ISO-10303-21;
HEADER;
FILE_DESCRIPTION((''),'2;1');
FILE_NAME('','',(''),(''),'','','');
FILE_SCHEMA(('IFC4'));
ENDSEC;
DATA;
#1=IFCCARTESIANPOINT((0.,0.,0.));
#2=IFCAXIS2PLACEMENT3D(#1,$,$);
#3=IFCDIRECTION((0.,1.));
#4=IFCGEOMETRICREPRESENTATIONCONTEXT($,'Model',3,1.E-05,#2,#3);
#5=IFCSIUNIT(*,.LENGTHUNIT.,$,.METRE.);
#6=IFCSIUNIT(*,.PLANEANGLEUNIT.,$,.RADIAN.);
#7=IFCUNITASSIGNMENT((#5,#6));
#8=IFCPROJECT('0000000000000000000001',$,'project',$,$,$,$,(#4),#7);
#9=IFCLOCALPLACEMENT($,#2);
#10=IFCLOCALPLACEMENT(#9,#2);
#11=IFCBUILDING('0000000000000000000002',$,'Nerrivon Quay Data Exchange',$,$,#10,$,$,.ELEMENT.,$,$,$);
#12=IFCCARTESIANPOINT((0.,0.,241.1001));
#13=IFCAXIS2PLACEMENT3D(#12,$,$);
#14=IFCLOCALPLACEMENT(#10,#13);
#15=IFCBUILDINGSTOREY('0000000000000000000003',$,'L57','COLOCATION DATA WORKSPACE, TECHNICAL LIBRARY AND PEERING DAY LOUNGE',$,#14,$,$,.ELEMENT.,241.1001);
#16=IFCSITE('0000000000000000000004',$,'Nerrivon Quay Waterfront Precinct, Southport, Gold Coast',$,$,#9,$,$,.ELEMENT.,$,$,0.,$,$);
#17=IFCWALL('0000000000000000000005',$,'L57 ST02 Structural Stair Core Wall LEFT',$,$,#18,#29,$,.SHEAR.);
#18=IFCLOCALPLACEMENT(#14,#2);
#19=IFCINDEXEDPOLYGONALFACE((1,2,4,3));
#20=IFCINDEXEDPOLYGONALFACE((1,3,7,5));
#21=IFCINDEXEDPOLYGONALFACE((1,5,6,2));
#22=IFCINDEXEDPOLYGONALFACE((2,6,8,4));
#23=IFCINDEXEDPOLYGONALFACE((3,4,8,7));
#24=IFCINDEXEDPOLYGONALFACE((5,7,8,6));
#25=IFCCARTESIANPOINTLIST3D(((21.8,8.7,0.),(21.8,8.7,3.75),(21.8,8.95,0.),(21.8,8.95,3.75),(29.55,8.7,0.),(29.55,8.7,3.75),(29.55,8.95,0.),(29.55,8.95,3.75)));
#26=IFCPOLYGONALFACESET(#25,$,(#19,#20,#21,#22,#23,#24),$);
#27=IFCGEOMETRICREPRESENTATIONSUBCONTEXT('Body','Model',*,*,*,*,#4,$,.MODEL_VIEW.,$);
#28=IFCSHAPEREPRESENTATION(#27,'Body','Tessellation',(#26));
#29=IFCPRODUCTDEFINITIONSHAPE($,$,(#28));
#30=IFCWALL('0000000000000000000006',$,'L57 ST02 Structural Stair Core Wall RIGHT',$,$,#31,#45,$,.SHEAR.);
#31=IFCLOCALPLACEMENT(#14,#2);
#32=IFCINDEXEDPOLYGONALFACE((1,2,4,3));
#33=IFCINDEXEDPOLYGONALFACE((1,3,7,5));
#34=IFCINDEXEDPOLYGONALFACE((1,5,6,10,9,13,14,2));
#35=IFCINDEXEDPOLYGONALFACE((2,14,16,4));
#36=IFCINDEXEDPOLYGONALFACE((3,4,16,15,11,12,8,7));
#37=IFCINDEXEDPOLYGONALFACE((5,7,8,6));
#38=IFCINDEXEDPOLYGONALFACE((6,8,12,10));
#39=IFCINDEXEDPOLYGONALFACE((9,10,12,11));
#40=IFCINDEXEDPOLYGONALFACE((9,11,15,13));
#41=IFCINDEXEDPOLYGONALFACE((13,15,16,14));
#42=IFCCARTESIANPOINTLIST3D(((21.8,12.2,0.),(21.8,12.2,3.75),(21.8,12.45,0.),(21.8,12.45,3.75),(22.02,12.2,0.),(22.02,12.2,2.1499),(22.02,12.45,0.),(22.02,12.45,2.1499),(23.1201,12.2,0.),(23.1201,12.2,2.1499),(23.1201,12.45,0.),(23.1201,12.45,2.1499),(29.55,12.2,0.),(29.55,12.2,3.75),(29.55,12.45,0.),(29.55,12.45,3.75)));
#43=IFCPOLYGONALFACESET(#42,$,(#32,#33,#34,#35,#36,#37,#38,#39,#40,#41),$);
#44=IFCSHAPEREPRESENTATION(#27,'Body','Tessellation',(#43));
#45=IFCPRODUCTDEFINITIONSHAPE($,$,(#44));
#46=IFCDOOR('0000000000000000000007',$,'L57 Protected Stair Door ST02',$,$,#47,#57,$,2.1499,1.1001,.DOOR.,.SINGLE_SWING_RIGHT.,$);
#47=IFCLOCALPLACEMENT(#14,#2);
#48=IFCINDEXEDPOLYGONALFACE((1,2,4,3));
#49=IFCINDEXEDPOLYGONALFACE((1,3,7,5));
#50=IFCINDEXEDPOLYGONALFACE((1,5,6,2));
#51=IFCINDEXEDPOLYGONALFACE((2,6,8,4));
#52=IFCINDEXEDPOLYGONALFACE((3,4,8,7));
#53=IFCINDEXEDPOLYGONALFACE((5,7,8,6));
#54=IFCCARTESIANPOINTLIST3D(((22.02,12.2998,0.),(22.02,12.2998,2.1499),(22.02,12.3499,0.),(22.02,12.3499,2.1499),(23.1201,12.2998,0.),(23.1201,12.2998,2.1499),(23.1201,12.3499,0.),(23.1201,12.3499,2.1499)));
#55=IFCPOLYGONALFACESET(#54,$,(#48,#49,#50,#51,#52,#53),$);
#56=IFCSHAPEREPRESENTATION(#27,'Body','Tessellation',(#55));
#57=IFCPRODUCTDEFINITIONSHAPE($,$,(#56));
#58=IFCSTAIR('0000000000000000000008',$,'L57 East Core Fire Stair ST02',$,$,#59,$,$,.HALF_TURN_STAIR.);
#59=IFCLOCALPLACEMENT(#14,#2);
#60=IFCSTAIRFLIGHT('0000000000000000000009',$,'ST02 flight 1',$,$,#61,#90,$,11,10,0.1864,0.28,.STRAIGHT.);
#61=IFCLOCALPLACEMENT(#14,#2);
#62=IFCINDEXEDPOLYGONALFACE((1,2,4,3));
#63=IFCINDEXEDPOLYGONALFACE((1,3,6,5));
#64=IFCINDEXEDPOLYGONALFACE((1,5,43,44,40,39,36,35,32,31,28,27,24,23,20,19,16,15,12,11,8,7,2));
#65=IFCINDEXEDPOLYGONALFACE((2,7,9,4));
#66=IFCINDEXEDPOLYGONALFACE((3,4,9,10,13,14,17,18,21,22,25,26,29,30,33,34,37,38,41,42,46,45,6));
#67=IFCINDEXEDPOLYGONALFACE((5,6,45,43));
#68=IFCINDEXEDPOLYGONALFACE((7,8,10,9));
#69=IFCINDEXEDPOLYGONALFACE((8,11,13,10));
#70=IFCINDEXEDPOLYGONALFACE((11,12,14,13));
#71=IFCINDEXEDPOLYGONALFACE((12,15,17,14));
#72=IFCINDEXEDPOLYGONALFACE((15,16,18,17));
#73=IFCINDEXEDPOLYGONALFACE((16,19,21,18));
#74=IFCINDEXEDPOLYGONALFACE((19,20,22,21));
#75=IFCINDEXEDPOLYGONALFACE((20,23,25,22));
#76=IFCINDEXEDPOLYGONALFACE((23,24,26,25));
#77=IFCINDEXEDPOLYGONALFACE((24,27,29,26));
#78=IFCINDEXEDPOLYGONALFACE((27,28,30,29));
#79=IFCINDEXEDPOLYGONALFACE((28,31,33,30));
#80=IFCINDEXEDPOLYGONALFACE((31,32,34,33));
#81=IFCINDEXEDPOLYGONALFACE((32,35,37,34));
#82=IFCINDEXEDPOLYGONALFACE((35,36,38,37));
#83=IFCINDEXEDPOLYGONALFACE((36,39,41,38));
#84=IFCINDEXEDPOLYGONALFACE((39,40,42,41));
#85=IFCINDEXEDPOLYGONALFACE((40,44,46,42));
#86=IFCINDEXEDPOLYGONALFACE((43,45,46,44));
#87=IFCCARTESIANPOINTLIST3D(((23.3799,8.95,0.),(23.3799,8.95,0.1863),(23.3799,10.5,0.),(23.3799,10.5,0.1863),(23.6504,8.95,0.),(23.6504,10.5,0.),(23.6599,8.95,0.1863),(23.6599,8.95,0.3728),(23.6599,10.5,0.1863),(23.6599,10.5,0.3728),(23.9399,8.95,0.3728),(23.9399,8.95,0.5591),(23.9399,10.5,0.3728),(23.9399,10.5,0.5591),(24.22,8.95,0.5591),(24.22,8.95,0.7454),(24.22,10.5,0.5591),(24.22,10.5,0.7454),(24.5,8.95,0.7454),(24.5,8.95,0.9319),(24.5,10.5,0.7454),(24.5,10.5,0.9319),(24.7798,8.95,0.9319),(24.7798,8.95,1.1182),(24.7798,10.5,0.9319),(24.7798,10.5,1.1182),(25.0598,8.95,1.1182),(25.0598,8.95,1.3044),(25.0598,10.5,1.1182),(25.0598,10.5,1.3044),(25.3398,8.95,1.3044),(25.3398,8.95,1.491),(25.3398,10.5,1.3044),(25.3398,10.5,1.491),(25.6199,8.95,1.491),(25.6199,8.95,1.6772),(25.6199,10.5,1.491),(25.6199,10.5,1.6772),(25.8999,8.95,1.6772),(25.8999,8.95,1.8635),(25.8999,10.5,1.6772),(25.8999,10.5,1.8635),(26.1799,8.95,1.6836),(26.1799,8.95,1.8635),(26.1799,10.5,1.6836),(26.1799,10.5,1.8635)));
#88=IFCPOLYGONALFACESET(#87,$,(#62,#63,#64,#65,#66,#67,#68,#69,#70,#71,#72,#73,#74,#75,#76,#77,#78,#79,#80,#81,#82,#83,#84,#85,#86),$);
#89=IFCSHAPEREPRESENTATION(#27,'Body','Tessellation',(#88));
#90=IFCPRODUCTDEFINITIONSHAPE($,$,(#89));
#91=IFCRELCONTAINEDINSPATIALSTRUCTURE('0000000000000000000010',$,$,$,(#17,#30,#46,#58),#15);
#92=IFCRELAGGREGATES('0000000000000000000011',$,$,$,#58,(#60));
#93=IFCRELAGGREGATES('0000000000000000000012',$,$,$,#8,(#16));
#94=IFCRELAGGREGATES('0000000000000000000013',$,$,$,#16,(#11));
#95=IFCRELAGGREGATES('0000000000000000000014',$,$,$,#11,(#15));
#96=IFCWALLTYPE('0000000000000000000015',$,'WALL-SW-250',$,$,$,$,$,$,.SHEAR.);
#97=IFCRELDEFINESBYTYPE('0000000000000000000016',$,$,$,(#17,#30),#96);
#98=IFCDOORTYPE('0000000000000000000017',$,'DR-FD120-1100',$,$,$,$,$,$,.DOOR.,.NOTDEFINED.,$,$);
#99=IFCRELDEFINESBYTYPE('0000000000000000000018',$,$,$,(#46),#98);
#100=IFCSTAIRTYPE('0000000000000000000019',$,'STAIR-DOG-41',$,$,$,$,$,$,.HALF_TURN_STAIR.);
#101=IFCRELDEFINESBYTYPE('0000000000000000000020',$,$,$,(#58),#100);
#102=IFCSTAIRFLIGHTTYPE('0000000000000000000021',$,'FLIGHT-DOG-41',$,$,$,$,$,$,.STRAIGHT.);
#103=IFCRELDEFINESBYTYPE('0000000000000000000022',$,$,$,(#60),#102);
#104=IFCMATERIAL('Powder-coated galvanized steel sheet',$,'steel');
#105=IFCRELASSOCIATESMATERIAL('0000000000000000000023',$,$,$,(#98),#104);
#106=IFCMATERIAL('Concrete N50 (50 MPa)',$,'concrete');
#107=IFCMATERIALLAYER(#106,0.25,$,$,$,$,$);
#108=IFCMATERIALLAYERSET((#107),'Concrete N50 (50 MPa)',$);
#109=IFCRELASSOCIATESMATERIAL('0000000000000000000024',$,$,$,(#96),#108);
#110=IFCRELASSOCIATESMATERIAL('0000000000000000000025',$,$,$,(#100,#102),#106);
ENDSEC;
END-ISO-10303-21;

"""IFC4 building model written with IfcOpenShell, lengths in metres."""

from ifc_helpers import new_model, si_unit, direction, frame, frame_2d, origin, place, context, subcontext, project, spatial, polyline, rectangle, outline, extrude, material, layer, layer_set, type_object, element, fill, aggregate, save


model = new_model("IFC4")

# Units and contexts
model_context = context("Model", 3, precision=1e-05, world=origin(), true_north=direction((0.0, 1.0)))
body_context = subcontext(model_context, "Body", "Model", "MODEL_VIEW")
ifc_project = project(units=[si_unit("LENGTHUNIT", "METRE"), si_unit("PLANEANGLEUNIT", "RADIAN")], contexts=[model_context])

# Site, building, storey
site_placement = place(None, origin())
site = spatial("IfcSite", under=ifc_project, at=site_placement, Name="Nerrivon Quay Waterfront Precinct, Southport, Gold Coast", CompositionType="ELEMENT", RefElevation=0.0)
building_placement = place(site_placement, origin())
building = spatial("IfcBuilding", under=site, at=building_placement, Name="Nerrivon Quay Data Exchange", CompositionType="ELEMENT")
storey_placement = place(building_placement, frame((0.0, 0.0, 241.1001)))
storey = spatial("IfcBuildingStorey", under=building, at=storey_placement, Name="L57", Description="COLOCATION DATA WORKSPACE, TECHNICAL LIBRARY AND PEERING DAY LOUNGE", CompositionType="ELEMENT", Elevation=241.1001)

# Shared definitions
ifc_material_1 = material(Name="Concrete N50 (50 MPa)", Category="concrete")

# Shared definitions
ifc_material_2 = material(Name="Powder-coated galvanized steel sheet", Category="steel")
door_type_1 = type_object("IfcDoorType", Name="DR-FD120-1100", OperationType="NOTDEFINED", PredefinedType="DOOR", material=ifc_material_2)

# Wall
ifc_layer_1 = layer(ifc_material_1, 0.25)
ifc_layer_set_1 = layer_set([ifc_layer_1], Name="Concrete N50 (50 MPa)")
wall_type_1 = type_object("IfcWallType", Name="WALL-SW-250", PredefinedType="SHEAR", material=ifc_layer_set_1)
wall_1_placement = place(storey_placement, frame((21.8, 8.825, 0.0), z_axis=(0.0, 0.0, 1.0), x_axis=(1.0, 0.0, 0.0)))
element("IfcWall", 1, at=wall_1_placement, inside=storey, type_object=wall_type_1, Name="L57 ST02 Structural Stair Core Wall LEFT", PredefinedType="SHEAR", context=body_context, shape_type="SweptSolid", body=[
    extrude(rectangle(XDim=7.75, YDim=0.25, at=frame_2d((3.875, 0.0))), origin(), (0.0, 0.0, 1.0), 3.75),
])

# Wall, opening, door
wall_2_placement = place(storey_placement, frame((21.8, 12.325, 0.0), z_axis=(0.0, 0.0, 1.0), x_axis=(1.0, 0.0, 0.0)))
wall_2 = element("IfcWall", 2, at=wall_2_placement, inside=storey, type_object=wall_type_1, Name="L57 ST02 Structural Stair Core Wall RIGHT", PredefinedType="SHEAR", context=body_context, shape_type="SweptSolid", body=[
    extrude(rectangle(XDim=7.75, YDim=0.25, at=frame_2d((3.875, 0.0))), origin(), (0.0, 0.0, 1.0), 3.75),
])
opening_1_placement = place(wall_2_placement, frame((0.22, 0.0, 0.0)))
opening_1 = element("IfcOpeningElement", 3, at=opening_1_placement, cuts=wall_2, PredefinedType="OPENING", context=body_context, shape_type="SweptSolid", body=[
    extrude(rectangle(XDim=1.1001, YDim=2.1499, at=frame_2d((0.55, 1.075))), frame((0.0, 0.135, 0.0), z_axis=(0.0, -1.0, 0.0), x_axis=(1.0, 0.0, 0.0)), (0.0, 0.0, 1.0), 0.27),
])
door_1_placement = place(opening_1_placement, origin())
door_1 = element("IfcDoor", 4, at=door_1_placement, inside=storey, type_object=door_type_1, Name="L57 Protected Stair Door ST02", OperationType="SINGLE_SWING_RIGHT", OverallHeight=2.1499, OverallWidth=1.1001, PredefinedType="DOOR", context=body_context, shape_type="SweptSolid", body=[
    extrude(rectangle(XDim=1.1001, YDim=2.1499, at=frame_2d((0.55, 1.075))), frame((0.0, 0.0249, 0.0), z_axis=(0.0, -1.0, 0.0), x_axis=(1.0, 0.0, 0.0)), (0.0, 0.0, 1.0), 0.05),
])
fill(opening_1, door_1)

# Stair, stair flight
stair_type = type_object("IfcStairType", Name="STAIR-DOG-41", PredefinedType="HALF_TURN_STAIR", material=ifc_material_1)
stair_placement = place(storey_placement, origin())
stair = element("IfcStair", 5, at=stair_placement, inside=storey, type_object=stair_type, Name="L57 East Core Fire Stair ST02", PredefinedType="HALF_TURN_STAIR")
stair_flight_type = type_object("IfcStairFlightType", Name="FLIGHT-DOG-41", PredefinedType="STRAIGHT", material=ifc_material_1)
stair_flight_placement = place(storey_placement, frame((23.3799, 9.7251, 0.0), z_axis=(0.0, 0.0, 1.0), x_axis=(1.0, 0.0, 0.0)))
stair_flight = element("IfcStairFlight", 6, at=stair_flight_placement, type_object=stair_flight_type, Name="ST02 flight 1", NumberOfRisers=11, NumberOfTreads=10, PredefinedType="STRAIGHT", RiserHeight=0.1864, TreadLength=0.28, context=body_context, shape_type="SweptSolid", body=[
    extrude(outline(polyline([(0.0, 0.0), (0.0, 0.1863), (0.28, 0.1863), (0.28, 0.3728), (0.5601, 0.3728), (0.5601, 0.5591), (0.8401, 0.5591), (0.8401, 0.7454), (1.1201, 0.7454), (1.1201, 0.9319), (1.3999, 0.9319), (1.3999, 1.1182), (1.6799, 1.1182), (1.6799, 1.3044), (1.96, 1.3044), (1.96, 1.491), (2.24, 1.491), (2.24, 1.6772), (2.52, 1.6772), (2.52, 1.8635), (2.8, 1.8635), (2.8, 2.05), (2.8, 1.6836), (0.2705, 0.0), (0.0, 0.0)])), frame((0.0, 0.7749, 0.0), z_axis=(0.0, -1.0, 0.0), x_axis=(1.0, 0.0, 0.0)), (0.0, 0.0, 1.0), 1.55),
])
aggregate(stair, [stair_flight])

save(model, "model.ifc")
